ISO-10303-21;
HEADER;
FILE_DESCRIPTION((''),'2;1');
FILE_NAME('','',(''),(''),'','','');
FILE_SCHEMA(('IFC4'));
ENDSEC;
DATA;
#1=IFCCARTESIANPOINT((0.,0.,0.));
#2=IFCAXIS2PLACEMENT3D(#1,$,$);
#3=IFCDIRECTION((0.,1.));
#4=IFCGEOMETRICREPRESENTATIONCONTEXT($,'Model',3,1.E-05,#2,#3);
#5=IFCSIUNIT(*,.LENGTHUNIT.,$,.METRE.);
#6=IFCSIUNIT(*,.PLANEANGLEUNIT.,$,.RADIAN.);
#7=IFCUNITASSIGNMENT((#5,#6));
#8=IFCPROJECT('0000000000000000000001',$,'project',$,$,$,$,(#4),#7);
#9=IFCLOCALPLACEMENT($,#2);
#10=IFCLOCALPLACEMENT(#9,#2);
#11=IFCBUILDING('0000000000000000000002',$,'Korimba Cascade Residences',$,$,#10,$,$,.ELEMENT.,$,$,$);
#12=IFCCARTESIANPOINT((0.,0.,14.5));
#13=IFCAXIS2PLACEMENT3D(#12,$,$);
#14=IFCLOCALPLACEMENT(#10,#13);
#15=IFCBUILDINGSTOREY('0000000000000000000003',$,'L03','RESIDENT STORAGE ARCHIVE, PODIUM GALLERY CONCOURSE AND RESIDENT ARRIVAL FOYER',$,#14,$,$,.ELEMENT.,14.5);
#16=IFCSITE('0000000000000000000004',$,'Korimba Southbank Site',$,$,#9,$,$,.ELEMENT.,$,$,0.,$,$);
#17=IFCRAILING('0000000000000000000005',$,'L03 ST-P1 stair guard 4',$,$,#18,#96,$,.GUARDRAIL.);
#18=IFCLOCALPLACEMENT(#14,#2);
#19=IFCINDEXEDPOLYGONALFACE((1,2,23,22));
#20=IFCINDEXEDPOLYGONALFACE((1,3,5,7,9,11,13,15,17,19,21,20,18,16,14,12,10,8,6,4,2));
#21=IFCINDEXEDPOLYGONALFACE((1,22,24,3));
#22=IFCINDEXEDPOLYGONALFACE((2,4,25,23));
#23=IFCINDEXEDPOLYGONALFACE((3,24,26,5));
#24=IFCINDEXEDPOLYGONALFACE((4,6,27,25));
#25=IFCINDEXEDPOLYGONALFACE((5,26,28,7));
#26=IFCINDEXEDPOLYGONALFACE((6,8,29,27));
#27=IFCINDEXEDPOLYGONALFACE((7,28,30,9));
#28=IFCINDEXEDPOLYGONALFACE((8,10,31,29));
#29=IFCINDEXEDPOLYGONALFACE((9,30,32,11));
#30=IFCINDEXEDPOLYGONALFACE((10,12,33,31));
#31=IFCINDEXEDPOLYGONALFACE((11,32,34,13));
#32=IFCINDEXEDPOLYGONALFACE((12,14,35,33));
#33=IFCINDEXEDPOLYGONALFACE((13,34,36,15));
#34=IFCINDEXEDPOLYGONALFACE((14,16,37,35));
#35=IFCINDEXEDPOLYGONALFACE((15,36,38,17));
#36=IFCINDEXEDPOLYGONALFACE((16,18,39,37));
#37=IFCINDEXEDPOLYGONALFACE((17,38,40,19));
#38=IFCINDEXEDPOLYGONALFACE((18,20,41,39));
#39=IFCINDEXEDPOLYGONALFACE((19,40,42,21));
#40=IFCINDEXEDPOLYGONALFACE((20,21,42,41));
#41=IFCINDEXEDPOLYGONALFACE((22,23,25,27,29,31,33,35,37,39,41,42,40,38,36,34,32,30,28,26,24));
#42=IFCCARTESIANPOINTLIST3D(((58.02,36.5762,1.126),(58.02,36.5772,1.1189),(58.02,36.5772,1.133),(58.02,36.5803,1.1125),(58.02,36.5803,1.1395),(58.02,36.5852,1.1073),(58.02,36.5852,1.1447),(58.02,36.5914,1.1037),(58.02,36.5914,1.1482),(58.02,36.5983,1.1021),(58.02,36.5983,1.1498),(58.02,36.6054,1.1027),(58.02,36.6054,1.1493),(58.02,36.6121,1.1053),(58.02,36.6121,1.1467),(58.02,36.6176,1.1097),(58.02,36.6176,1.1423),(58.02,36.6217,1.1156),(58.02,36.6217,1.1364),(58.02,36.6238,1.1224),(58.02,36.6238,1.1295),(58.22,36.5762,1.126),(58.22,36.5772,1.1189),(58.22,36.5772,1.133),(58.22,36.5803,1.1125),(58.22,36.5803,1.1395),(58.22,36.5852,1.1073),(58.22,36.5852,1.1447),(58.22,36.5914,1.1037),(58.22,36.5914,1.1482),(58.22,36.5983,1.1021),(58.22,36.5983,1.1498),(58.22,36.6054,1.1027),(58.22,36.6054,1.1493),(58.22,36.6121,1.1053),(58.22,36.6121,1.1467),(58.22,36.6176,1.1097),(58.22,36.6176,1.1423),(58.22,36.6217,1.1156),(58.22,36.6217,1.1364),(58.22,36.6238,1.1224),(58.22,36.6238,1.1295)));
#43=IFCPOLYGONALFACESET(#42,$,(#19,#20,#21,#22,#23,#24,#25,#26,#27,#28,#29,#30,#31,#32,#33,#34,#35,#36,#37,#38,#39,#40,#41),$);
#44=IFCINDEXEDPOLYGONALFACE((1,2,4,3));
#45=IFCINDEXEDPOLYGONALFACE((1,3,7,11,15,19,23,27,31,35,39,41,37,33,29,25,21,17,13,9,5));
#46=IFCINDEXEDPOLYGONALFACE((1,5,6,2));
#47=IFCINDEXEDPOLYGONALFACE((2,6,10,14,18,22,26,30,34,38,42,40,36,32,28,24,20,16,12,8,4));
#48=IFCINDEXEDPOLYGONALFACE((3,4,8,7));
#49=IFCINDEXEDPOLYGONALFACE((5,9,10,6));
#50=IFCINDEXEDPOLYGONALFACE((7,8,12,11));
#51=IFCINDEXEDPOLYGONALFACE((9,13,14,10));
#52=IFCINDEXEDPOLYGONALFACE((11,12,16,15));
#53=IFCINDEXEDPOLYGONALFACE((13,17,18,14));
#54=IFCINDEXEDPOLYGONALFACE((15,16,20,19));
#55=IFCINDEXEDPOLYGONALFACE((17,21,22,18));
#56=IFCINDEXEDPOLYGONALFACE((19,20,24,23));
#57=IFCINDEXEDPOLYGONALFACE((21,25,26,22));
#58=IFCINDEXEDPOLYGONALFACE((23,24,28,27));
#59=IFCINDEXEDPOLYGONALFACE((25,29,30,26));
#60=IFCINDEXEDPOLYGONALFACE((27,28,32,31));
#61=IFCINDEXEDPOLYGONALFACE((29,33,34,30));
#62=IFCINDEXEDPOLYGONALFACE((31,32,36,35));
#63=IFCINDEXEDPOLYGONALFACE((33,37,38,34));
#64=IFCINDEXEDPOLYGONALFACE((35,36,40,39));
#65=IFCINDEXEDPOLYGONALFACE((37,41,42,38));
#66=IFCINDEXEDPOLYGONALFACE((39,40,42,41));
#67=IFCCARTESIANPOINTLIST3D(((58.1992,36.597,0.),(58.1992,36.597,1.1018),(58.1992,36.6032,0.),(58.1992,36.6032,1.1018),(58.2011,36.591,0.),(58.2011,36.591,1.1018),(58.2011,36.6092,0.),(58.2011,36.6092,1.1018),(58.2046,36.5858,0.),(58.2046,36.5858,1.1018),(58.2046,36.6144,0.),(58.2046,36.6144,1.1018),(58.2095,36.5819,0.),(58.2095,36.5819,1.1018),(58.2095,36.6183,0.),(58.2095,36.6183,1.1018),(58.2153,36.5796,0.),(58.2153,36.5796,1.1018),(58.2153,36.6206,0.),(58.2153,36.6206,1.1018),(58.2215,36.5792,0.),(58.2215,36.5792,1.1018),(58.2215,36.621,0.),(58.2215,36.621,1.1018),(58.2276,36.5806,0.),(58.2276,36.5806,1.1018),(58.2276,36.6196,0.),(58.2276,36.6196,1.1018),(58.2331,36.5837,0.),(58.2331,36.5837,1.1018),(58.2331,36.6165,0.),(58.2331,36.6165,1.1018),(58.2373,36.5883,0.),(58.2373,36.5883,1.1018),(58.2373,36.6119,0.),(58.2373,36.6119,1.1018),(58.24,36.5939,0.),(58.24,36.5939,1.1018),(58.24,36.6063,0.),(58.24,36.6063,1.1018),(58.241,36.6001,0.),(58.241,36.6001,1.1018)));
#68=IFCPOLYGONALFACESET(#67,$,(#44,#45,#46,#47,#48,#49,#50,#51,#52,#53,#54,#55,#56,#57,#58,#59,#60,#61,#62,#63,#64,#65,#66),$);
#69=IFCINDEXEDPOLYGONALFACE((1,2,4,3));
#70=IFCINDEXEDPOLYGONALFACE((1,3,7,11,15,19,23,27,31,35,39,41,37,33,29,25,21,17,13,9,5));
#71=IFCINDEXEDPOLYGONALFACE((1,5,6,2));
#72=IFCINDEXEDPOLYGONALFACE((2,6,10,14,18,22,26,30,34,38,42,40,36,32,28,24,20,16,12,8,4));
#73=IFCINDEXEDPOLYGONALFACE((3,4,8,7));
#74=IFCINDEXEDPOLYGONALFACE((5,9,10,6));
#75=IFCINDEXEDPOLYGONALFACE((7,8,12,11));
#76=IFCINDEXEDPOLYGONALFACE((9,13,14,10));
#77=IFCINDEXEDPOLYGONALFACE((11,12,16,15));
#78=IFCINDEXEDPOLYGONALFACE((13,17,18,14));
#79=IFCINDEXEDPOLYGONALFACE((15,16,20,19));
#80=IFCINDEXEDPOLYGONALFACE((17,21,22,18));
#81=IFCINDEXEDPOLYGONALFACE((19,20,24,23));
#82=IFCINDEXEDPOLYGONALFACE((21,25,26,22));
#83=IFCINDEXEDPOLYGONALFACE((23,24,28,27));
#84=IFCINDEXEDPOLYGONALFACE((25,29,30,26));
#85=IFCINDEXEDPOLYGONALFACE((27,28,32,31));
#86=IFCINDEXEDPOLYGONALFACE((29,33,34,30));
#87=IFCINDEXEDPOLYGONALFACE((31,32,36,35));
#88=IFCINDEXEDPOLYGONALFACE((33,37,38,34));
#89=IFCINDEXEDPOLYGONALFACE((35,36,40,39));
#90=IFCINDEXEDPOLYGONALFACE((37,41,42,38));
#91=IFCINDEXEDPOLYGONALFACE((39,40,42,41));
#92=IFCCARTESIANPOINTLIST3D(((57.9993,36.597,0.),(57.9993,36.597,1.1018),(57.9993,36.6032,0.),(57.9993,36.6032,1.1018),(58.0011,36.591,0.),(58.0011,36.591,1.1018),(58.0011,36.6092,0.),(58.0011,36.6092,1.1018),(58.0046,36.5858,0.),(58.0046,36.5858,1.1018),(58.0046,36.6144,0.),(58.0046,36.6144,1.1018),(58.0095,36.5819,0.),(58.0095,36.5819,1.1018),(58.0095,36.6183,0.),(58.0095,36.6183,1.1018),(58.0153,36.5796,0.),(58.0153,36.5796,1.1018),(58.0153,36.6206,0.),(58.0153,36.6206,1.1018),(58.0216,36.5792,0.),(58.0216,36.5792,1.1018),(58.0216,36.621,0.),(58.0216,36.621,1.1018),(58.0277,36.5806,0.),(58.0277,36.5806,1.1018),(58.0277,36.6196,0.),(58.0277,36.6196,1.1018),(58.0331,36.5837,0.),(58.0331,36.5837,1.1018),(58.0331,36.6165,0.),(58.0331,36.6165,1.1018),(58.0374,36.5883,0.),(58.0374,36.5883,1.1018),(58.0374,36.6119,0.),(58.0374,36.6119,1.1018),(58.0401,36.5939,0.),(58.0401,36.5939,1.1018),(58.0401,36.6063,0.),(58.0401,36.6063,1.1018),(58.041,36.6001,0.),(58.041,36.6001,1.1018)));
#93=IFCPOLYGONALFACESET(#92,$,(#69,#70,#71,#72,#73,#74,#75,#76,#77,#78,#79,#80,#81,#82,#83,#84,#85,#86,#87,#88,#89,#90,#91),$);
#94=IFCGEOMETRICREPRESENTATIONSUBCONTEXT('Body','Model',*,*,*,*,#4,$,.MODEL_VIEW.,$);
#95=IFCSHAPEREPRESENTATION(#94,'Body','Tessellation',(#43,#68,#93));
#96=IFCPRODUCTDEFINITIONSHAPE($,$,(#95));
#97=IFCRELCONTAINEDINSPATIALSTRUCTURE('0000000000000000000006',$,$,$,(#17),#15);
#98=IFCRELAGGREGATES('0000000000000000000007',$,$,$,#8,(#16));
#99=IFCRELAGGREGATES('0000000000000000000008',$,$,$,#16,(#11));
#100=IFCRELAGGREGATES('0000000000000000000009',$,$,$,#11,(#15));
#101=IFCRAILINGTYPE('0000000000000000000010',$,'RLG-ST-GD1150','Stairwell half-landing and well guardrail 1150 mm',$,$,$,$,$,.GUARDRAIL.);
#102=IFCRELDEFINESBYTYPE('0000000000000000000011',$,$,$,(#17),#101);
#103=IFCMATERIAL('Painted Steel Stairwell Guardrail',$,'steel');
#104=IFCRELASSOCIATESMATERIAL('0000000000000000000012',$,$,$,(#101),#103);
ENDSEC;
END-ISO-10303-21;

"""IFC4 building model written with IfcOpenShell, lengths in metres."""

from ifc_helpers import new_model, si_unit, direction, frame, origin, origin_2d, place, context, subcontext, project, spatial, circle, extrude, material, type_object, element, save


model = new_model("IFC4")

# Units and contexts
model_context = context("Model", 3, precision=1e-05, world=origin(), true_north=direction((0.0, 1.0)))
body_context = subcontext(model_context, "Body", "Model", "MODEL_VIEW")
ifc_project = project(units=[si_unit("LENGTHUNIT", "METRE"), si_unit("PLANEANGLEUNIT", "RADIAN")], contexts=[model_context])

# Site, building, storey
site_placement = place(None, origin())
site = spatial("IfcSite", under=ifc_project, at=site_placement, Name="Korimba Southbank Site", CompositionType="ELEMENT", RefElevation=0.0)
building_placement = place(site_placement, origin())
building = spatial("IfcBuilding", under=site, at=building_placement, Name="Korimba Cascade Residences", CompositionType="ELEMENT")
storey_placement = place(building_placement, frame((0.0, 0.0, 14.5)))
storey = spatial("IfcBuildingStorey", under=building, at=storey_placement, Name="L03", Description="RESIDENT STORAGE ARCHIVE, PODIUM GALLERY CONCOURSE AND RESIDENT ARRIVAL FOYER", CompositionType="ELEMENT", Elevation=14.5)

# Railing
ifc_material_1 = material(Name="Painted Steel Stairwell Guardrail", Category="steel")
railing_type_1 = type_object("IfcRailingType", Name="RLG-ST-GD1150", Description="Stairwell half-landing and well guardrail 1150 mm", PredefinedType="GUARDRAIL", material=ifc_material_1)
railing_1_placement = place(storey_placement, frame((58.22, 36.6001, 0.0)))
element("IfcRailing", 1, at=railing_1_placement, inside=storey, type_object=railing_type_1, Name="L03 ST-P1 stair guard 4", PredefinedType="GUARDRAIL", context=body_context, shape_type="SweptSolid", body=[
    extrude(circle(Radius=0.0239, at=origin_2d()), frame((0.0, 0.0, 1.126), z_axis=(-1.0, 0.0, 0.0), x_axis=(0.0, -1.0, 0.0)), (0.0, 0.0, 1.0), 0.2),
    extrude(circle(Radius=0.021, at=origin_2d()), origin(), (0.0, 0.0, 1.0), 1.1018),
    extrude(circle(Radius=0.021, at=origin_2d()), frame((-0.2, 0.0, 0.0)), (0.0, 0.0, 1.0), 1.1018),
])

save(model, "model.ifc")
